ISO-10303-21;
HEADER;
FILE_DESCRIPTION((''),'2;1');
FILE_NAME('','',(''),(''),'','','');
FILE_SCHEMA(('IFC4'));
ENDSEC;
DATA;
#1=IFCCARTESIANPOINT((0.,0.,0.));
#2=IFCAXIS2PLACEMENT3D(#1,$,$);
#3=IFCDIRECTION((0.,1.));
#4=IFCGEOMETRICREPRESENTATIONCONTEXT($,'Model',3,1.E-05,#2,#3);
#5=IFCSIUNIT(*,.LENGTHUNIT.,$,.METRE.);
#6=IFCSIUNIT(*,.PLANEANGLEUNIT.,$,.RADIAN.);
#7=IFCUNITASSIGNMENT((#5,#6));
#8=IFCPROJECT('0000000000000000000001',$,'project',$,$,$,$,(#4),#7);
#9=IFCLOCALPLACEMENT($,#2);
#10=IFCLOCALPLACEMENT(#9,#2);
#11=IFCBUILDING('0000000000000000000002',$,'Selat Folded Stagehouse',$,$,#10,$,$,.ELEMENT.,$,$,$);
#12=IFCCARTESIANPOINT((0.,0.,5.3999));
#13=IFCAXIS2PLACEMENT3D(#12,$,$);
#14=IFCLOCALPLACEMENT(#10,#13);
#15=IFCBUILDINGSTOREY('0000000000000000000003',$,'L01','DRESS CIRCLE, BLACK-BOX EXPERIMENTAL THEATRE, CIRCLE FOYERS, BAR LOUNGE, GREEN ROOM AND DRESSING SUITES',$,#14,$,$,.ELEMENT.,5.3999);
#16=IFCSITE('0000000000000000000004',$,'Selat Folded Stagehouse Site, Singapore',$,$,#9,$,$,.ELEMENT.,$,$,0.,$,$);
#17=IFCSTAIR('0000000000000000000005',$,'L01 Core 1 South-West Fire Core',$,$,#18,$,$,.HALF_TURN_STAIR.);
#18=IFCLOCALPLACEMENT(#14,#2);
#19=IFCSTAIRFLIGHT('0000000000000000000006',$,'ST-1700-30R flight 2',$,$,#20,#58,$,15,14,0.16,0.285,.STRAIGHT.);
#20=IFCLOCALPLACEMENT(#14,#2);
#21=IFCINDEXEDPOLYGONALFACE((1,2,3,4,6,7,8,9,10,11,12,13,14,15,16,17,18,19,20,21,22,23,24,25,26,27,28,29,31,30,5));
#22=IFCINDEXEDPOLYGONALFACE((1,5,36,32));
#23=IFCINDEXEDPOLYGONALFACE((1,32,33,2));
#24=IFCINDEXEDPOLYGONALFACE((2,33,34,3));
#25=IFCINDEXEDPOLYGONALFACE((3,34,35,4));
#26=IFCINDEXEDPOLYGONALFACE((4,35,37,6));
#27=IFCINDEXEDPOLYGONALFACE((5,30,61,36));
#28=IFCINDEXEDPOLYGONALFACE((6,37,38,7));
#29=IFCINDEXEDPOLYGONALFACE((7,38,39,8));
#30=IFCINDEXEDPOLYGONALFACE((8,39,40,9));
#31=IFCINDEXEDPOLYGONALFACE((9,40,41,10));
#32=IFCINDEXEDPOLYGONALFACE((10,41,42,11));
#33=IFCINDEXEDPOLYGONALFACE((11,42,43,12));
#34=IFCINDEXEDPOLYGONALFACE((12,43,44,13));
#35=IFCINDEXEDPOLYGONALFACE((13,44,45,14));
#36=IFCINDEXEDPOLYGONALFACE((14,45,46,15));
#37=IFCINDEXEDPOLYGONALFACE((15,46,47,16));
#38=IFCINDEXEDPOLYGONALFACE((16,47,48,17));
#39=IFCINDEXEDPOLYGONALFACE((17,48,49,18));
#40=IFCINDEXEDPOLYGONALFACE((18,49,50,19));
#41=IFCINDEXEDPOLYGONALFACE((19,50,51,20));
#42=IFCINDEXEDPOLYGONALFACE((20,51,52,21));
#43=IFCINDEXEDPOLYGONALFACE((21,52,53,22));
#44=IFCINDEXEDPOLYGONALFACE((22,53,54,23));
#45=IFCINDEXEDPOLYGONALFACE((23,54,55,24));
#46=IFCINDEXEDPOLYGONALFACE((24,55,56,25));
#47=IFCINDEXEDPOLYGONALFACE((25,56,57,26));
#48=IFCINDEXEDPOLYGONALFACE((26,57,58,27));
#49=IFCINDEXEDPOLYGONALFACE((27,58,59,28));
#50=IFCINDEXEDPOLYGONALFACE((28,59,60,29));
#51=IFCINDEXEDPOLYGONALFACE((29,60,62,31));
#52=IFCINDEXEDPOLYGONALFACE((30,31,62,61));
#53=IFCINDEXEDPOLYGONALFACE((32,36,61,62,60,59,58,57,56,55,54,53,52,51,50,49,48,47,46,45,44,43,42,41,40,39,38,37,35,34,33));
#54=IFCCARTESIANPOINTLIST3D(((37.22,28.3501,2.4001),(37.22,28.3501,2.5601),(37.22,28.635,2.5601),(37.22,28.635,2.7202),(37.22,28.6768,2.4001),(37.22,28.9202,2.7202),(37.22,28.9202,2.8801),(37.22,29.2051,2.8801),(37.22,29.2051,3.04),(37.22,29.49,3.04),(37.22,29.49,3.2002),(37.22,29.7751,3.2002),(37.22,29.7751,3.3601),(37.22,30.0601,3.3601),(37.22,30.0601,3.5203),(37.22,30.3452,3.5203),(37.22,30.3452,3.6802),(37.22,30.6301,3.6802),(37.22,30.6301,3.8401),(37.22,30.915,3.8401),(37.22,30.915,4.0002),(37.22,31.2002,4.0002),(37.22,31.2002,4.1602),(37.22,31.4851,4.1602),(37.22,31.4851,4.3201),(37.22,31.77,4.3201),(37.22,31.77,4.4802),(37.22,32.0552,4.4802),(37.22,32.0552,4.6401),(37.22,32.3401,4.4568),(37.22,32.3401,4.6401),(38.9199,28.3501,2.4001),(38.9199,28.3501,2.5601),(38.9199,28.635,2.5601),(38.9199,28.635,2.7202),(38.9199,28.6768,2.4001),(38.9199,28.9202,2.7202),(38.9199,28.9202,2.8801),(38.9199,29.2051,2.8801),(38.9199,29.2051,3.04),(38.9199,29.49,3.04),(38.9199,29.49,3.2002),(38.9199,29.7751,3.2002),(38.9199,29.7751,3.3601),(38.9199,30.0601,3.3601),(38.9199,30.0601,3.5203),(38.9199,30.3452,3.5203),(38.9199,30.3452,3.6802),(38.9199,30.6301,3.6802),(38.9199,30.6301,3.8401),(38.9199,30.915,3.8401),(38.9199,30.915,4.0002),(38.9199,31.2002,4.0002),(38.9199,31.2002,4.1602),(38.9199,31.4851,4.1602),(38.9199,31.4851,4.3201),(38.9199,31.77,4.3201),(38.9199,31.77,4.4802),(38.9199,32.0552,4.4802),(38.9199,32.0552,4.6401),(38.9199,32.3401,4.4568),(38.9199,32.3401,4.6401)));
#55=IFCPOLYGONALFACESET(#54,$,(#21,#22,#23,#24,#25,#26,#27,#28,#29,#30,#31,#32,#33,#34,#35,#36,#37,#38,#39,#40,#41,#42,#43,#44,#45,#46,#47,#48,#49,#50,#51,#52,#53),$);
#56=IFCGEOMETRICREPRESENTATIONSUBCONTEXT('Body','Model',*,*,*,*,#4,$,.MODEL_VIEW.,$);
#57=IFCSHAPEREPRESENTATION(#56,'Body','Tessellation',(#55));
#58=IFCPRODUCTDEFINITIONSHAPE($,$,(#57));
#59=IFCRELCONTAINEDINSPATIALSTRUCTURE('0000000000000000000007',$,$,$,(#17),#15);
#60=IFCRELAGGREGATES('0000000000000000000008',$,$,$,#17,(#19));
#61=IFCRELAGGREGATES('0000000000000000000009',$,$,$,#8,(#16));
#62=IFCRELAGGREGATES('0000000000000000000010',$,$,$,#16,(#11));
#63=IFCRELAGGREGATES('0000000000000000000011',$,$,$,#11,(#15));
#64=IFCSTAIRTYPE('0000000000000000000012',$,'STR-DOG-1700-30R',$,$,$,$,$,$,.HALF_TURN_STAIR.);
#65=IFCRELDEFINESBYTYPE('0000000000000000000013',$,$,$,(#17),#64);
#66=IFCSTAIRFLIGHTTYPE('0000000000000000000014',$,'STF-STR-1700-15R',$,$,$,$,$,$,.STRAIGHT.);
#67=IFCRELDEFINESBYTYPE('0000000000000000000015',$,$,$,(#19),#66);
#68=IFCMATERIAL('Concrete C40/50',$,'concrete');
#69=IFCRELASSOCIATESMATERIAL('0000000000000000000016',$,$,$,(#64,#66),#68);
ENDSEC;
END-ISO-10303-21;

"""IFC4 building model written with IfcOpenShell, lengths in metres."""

from ifc_helpers import new_model, si_unit, direction, frame, origin, place, context, subcontext, project, spatial, polyline, outline, extrude, material, type_object, element, aggregate, save


model = new_model("IFC4")

# Units and contexts
model_context = context("Model", 3, precision=1e-05, world=origin(), true_north=direction((0.0, 1.0)))
body_context = subcontext(model_context, "Body", "Model", "MODEL_VIEW")
ifc_project = project(units=[si_unit("LENGTHUNIT", "METRE"), si_unit("PLANEANGLEUNIT", "RADIAN")], contexts=[model_context])

# Site, building, storey
site_placement = place(None, origin())
site = spatial("IfcSite", under=ifc_project, at=site_placement, Name="Selat Folded Stagehouse Site, Singapore", CompositionType="ELEMENT", RefElevation=0.0)
building_placement = place(site_placement, origin())
building = spatial("IfcBuilding", under=site, at=building_placement, Name="Selat Folded Stagehouse", CompositionType="ELEMENT")
storey_placement = place(building_placement, frame((0.0, 0.0, 5.3999)))
storey = spatial("IfcBuildingStorey", under=building, at=storey_placement, Name="L01", Description="DRESS CIRCLE, BLACK-BOX EXPERIMENTAL THEATRE, CIRCLE FOYERS, BAR LOUNGE, GREEN ROOM AND DRESSING SUITES", CompositionType="ELEMENT", Elevation=5.3999)

# Stair, stair flight
ifc_material_1 = material(Name="Concrete C40/50", Category="concrete")
stair_type = type_object("IfcStairType", Name="STR-DOG-1700-30R", PredefinedType="HALF_TURN_STAIR", material=ifc_material_1)
stair_placement = place(storey_placement, origin())
stair = element("IfcStair", 1, at=stair_placement, inside=storey, type_object=stair_type, Name="L01 Core 1 South-West Fire Core", PredefinedType="HALF_TURN_STAIR")
stair_flight_type = type_object("IfcStairFlightType", Name="STF-STR-1700-15R", PredefinedType="STRAIGHT", material=ifc_material_1)
stair_flight_1_placement = place(storey_placement, frame((38.0701, 28.3501, 2.4001), z_axis=(0.0, 0.0, 1.0), x_axis=(0.0, 1.0, 0.0)))
stair_flight_1 = element("IfcStairFlight", 2, at=stair_flight_1_placement, type_object=stair_flight_type, Name="ST-1700-30R flight 2", NumberOfRisers=15, NumberOfTreads=14, PredefinedType="STRAIGHT", RiserHeight=0.16, TreadLength=0.285, context=body_context, shape_type="SweptSolid", body=[
    extrude(outline(polyline([(0.0, 0.0), (0.0, 0.1599), (0.2849, 0.1599), (0.2849, 0.3201), (0.5701, 0.3201), (0.5701, 0.48), (0.855, 0.48), (0.855, 0.6399), (1.1399, 0.6399), (1.1399, 0.8), (1.425, 0.8), (1.425, 0.96), (1.71, 0.96), (1.71, 1.1201), (1.9951, 1.1201), (1.9951, 1.28), (2.28, 1.28), (2.28, 1.4399), (2.5649, 1.4399), (2.5649, 1.6001), (2.8501, 1.6001), (2.8501, 1.76), (3.135, 1.76), (3.135, 1.9199), (3.4199, 1.9199), (3.4199, 2.0801), (3.7051, 2.0801), (3.7051, 2.24), (3.99, 2.24), (3.99, 2.3999), (3.99, 2.0566), (0.3267, 0.0), (0.0, 0.0)])), frame((0.0, 0.8501, 0.0), z_axis=(0.0, -1.0, 0.0), x_axis=(1.0, 0.0, 0.0)), (0.0, 0.0, 1.0), 1.7),
])
aggregate(stair, [stair_flight_1])

save(model, "model.ifc")
